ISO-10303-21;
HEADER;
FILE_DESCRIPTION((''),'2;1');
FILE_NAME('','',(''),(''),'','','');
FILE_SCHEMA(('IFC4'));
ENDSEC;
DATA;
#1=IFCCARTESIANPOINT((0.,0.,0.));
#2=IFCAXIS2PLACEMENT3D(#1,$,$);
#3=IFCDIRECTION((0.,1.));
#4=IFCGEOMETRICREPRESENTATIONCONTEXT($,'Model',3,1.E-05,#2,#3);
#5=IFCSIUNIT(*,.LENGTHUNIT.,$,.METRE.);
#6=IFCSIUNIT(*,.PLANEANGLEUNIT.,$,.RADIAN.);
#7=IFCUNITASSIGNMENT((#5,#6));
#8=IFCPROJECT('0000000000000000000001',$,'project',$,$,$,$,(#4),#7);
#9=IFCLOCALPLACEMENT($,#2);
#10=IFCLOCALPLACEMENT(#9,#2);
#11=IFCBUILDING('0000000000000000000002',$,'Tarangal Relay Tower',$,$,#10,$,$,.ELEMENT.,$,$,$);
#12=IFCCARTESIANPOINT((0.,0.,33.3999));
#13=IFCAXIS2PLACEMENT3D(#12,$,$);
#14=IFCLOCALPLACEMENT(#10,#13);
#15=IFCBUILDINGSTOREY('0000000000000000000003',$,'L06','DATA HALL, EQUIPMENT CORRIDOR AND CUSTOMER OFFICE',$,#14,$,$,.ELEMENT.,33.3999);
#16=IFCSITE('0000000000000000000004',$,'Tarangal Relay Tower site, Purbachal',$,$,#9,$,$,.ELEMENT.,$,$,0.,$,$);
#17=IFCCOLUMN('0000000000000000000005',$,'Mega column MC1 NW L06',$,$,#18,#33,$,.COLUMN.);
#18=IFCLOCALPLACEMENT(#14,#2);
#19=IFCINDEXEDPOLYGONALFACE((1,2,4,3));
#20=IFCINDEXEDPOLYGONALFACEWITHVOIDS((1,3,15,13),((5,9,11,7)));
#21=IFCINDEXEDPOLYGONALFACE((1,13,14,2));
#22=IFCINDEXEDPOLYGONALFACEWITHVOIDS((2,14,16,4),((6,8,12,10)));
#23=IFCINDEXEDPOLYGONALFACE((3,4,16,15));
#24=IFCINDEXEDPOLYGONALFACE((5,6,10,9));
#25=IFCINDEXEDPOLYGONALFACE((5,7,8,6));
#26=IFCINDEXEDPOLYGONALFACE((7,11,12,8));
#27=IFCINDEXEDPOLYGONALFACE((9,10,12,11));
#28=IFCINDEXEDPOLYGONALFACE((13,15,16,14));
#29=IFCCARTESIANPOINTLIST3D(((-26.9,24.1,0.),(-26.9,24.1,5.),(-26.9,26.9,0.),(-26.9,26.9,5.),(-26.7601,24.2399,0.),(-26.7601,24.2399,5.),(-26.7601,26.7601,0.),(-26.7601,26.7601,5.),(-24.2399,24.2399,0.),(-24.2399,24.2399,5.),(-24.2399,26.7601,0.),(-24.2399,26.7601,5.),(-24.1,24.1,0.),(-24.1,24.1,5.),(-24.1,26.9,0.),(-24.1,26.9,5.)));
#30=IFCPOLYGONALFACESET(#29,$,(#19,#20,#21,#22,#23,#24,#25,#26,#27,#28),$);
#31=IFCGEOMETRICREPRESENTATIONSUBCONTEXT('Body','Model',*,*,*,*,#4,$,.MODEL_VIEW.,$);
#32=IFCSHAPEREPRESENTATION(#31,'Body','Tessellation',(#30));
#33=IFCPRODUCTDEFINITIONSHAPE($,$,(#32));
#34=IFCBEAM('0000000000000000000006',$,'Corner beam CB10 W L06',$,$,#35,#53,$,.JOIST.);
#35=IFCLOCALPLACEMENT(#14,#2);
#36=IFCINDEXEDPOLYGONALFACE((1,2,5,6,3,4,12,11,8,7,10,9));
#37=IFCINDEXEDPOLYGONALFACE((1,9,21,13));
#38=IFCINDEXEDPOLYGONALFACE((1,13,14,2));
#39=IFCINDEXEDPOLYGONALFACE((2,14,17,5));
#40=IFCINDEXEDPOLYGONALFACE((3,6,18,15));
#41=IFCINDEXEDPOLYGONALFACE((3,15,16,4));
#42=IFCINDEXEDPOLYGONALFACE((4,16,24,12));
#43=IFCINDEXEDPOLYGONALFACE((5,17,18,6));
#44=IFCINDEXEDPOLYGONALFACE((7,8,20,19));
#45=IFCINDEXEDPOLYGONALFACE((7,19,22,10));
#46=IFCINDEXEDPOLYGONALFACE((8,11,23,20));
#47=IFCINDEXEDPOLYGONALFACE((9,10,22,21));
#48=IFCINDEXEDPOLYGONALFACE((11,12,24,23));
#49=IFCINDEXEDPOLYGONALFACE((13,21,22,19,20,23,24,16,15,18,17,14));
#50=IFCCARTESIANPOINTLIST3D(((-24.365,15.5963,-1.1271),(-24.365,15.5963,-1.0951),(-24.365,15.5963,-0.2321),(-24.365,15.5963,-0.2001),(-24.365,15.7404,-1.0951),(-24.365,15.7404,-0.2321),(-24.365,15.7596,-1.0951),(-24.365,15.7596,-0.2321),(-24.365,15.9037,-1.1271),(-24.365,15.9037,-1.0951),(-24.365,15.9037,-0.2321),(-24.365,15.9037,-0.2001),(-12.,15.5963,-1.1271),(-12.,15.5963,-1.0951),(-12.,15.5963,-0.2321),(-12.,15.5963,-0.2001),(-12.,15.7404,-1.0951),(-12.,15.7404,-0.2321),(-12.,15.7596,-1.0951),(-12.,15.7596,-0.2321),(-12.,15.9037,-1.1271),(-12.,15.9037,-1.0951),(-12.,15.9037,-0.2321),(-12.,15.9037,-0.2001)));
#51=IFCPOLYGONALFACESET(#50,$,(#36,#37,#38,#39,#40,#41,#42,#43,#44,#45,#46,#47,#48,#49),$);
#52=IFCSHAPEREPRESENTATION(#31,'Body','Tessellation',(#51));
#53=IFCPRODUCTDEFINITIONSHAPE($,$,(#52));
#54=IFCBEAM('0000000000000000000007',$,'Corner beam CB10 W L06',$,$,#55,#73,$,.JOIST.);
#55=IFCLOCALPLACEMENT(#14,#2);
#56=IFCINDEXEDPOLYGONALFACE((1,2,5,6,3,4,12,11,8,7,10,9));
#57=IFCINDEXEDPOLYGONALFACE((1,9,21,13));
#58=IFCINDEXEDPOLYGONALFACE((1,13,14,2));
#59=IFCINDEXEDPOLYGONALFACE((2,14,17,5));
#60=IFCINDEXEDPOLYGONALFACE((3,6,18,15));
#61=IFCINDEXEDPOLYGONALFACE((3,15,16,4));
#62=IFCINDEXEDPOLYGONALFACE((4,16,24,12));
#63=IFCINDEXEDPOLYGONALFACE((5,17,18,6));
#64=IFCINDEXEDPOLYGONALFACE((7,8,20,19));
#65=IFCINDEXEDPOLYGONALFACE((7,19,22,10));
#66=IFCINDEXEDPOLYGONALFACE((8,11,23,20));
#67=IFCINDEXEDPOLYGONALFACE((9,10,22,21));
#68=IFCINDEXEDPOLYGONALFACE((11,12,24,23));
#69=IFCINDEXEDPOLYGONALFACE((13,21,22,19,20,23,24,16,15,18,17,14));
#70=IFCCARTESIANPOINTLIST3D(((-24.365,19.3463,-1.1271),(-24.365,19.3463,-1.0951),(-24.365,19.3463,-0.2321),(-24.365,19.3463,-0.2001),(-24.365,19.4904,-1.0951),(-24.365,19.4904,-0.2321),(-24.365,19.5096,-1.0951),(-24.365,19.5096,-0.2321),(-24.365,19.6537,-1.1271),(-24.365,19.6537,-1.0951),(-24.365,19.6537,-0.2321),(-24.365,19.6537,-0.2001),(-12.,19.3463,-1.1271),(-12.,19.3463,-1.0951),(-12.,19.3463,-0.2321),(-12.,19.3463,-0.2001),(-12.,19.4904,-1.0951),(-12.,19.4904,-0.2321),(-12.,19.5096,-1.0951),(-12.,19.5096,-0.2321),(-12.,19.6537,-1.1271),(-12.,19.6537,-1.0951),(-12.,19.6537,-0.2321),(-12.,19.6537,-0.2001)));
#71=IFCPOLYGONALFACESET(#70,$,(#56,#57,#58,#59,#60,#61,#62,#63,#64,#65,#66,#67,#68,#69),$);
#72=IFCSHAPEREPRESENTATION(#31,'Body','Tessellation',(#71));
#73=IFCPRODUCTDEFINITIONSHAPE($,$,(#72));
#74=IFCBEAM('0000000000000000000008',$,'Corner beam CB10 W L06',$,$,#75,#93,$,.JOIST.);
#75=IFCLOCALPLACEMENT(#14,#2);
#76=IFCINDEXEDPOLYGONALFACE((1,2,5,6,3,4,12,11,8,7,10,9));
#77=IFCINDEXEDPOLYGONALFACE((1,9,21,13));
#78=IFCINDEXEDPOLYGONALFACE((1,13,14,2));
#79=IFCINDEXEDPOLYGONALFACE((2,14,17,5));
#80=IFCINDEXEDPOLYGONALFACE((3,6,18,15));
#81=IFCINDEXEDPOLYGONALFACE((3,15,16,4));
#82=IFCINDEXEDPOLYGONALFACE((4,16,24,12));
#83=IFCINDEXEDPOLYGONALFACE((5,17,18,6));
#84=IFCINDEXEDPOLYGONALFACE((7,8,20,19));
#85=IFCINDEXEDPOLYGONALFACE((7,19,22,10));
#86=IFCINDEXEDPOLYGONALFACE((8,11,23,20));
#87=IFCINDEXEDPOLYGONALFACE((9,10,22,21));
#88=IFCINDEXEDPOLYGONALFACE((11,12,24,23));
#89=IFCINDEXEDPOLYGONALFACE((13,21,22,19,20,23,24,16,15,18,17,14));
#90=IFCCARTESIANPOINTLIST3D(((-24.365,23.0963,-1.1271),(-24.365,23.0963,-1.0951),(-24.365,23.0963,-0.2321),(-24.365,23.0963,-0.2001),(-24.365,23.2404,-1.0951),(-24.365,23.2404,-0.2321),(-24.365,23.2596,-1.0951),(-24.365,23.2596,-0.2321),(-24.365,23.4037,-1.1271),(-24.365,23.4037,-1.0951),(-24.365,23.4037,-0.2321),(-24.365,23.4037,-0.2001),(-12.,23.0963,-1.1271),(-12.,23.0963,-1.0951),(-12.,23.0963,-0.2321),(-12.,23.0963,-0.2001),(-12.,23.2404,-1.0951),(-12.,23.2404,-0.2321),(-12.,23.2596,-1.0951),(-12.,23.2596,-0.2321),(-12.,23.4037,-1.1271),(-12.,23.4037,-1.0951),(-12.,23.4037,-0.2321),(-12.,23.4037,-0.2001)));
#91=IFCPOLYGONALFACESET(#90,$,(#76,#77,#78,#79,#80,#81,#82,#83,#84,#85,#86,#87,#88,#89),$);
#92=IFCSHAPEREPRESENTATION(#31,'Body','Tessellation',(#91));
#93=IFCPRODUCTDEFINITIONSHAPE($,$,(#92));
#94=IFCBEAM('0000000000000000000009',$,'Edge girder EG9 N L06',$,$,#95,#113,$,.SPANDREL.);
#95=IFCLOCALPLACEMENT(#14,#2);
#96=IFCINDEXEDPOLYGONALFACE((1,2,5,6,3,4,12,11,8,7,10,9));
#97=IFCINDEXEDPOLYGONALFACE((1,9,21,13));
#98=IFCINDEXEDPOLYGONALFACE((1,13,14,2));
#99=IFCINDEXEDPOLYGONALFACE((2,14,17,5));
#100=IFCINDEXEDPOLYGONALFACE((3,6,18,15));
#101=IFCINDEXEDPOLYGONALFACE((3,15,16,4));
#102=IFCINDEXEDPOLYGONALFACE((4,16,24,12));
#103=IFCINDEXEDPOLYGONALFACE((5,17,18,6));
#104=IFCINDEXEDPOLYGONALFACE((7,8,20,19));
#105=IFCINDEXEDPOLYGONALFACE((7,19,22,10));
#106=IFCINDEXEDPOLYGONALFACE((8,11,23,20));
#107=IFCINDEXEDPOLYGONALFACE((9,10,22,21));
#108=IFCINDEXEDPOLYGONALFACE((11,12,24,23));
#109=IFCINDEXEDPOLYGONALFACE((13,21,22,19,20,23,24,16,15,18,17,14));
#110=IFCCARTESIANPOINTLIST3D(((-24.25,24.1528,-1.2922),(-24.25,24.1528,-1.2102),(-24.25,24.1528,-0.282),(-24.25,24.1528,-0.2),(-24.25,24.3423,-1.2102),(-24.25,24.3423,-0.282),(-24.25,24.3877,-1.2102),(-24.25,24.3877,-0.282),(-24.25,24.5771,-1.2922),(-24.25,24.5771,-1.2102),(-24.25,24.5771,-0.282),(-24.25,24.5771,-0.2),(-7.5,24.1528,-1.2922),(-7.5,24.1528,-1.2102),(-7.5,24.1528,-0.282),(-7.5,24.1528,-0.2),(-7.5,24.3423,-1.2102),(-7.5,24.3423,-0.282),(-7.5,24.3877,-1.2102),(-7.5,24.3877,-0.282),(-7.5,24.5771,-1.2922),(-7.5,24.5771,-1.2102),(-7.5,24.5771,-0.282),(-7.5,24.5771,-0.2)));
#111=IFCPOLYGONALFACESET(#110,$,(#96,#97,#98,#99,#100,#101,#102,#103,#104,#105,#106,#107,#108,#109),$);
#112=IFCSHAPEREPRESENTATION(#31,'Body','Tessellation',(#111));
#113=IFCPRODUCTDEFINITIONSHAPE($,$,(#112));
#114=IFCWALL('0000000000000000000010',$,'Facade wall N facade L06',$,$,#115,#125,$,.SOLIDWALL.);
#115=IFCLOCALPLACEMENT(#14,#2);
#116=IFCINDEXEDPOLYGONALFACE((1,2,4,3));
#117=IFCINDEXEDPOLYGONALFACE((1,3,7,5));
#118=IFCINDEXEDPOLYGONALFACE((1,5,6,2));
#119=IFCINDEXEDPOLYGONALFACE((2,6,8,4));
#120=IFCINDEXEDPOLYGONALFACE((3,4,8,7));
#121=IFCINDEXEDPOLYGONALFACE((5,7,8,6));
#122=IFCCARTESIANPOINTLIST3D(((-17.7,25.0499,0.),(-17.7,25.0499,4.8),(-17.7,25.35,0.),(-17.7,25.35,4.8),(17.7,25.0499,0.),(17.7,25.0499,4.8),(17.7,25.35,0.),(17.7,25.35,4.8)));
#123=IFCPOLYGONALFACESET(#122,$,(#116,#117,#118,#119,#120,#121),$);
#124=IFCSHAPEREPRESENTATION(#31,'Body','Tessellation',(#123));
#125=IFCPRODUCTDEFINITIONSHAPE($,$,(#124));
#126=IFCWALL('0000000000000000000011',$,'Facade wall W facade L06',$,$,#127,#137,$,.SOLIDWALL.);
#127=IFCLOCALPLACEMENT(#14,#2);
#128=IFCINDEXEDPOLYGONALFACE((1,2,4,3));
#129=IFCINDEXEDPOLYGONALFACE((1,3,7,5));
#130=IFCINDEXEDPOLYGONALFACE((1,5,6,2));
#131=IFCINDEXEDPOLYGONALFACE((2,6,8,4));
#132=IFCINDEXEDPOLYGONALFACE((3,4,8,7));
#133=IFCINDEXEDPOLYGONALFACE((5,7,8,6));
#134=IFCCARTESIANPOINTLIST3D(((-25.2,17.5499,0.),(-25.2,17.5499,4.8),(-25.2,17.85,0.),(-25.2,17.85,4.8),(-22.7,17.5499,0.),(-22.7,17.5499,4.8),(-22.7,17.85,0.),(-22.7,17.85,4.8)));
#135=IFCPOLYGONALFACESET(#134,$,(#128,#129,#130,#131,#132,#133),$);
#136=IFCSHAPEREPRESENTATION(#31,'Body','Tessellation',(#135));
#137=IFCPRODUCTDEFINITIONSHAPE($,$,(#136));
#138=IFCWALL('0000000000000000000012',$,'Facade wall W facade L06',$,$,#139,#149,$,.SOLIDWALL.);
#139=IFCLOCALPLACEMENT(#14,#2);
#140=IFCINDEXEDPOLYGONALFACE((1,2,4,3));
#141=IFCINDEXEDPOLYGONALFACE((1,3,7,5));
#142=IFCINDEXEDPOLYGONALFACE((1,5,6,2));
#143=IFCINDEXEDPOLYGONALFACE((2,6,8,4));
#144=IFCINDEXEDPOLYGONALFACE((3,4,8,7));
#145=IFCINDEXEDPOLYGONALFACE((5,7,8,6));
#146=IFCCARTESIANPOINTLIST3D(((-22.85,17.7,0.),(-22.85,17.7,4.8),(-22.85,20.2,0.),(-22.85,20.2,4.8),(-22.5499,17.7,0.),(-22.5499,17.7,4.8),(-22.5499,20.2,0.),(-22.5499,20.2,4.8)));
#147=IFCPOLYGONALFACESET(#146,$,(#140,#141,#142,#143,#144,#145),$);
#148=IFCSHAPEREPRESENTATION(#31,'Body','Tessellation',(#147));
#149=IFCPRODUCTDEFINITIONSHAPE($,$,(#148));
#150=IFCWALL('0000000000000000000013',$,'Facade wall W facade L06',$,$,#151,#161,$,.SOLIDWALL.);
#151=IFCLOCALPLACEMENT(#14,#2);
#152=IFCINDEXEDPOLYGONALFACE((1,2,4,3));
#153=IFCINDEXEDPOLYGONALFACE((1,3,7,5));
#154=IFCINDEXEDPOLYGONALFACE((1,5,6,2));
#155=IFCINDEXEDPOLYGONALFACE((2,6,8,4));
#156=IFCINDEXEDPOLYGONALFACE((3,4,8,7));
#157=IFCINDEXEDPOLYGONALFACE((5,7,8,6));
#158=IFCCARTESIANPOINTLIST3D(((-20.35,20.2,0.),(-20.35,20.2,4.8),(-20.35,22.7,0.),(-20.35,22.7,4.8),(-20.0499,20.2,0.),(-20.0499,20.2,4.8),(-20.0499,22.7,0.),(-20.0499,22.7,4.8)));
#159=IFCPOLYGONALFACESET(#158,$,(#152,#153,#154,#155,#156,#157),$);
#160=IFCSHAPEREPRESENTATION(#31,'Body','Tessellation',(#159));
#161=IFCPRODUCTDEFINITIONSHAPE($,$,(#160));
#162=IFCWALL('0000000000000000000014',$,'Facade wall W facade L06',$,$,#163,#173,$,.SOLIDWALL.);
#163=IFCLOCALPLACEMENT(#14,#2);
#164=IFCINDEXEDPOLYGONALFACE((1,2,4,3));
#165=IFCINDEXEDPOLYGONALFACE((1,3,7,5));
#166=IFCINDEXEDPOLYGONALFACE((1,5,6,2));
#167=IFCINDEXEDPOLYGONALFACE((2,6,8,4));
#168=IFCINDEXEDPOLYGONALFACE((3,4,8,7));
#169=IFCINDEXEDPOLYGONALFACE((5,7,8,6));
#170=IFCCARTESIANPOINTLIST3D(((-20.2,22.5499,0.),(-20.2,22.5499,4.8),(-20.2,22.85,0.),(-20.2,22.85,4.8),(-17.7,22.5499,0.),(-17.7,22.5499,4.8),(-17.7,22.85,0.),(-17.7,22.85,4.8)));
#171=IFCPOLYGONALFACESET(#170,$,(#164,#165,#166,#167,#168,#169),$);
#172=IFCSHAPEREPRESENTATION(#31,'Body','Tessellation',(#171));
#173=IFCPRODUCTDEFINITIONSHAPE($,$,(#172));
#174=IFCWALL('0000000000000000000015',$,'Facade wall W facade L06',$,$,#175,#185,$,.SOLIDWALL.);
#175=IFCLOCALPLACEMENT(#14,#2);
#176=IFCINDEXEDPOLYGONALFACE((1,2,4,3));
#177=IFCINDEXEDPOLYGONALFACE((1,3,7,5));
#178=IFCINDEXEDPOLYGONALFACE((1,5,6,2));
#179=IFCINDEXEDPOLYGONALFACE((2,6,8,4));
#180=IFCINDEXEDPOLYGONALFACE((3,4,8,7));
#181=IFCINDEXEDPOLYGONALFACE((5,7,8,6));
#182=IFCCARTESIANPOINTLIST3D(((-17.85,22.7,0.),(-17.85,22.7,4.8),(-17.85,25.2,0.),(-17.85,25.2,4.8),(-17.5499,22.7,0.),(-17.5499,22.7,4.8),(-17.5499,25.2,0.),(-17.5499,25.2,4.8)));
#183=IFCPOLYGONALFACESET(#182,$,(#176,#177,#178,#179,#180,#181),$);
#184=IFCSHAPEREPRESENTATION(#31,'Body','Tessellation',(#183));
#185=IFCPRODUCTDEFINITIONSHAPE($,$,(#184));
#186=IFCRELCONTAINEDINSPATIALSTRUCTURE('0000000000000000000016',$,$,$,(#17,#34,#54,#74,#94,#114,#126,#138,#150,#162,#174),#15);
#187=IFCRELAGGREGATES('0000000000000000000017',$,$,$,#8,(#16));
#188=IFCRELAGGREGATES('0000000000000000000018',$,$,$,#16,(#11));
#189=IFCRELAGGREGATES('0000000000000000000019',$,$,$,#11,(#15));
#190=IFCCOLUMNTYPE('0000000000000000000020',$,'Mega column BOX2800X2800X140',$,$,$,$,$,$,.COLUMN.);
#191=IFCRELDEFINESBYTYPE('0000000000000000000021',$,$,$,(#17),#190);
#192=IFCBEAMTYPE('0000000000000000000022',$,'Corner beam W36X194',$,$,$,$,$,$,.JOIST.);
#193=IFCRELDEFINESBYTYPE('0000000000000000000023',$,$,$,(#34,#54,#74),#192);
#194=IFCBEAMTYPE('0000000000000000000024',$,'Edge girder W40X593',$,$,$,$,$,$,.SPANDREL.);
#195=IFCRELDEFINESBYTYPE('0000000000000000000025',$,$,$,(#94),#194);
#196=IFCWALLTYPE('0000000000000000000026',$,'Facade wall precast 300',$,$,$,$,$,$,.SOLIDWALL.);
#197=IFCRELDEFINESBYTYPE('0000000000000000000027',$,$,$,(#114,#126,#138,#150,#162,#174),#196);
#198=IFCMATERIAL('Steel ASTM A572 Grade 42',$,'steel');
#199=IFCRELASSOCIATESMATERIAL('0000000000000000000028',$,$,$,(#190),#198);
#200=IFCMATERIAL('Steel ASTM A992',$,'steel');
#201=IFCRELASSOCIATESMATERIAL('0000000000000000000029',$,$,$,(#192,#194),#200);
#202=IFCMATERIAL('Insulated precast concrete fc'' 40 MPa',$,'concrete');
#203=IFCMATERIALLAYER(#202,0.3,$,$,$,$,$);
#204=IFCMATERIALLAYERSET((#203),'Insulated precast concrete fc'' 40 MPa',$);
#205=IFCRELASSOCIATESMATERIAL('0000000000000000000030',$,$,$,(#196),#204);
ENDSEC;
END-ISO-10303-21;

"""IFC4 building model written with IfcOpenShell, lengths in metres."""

from ifc_helpers import new_model, si_unit, direction, frame, frame_2d, origin, origin_2d, place, context, subcontext, project, spatial, rectangle, hollow_rectangle, i_section, extrude, material, layer, layer_set, material_profile, profile_set, type_object, element, save


model = new_model("IFC4")

# Units and contexts
model_context = context("Model", 3, precision=1e-05, world=origin(), true_north=direction((0.0, 1.0)))
body_context = subcontext(model_context, "Body", "Model", "MODEL_VIEW")
ifc_project = project(units=[si_unit("LENGTHUNIT", "METRE"), si_unit("PLANEANGLEUNIT", "RADIAN")], contexts=[model_context])

# Site, building, storey
site_placement = place(None, origin())
site = spatial("IfcSite", under=ifc_project, at=site_placement, Name="Tarangal Relay Tower site, Purbachal", CompositionType="ELEMENT", RefElevation=0.0)
building_placement = place(site_placement, origin())
building = spatial("IfcBuilding", under=site, at=building_placement, Name="Tarangal Relay Tower", CompositionType="ELEMENT")
storey_placement = place(building_placement, frame((0.0, 0.0, 33.3999)))
storey = spatial("IfcBuildingStorey", under=building, at=storey_placement, Name="L06", Description="DATA HALL, EQUIPMENT CORRIDOR AND CUSTOMER OFFICE", CompositionType="ELEMENT", Elevation=33.3999)

# Column
ifc_material_1 = material(Name="Steel ASTM A572 Grade 42", Category="steel")
ifc_material_profile_1 = material_profile(ifc_material_1, hollow_rectangle(XDim=2.8, YDim=2.8, WallThickness=0.1399, at=origin_2d()), Name="BOX2800X2800X140")
ifc_profile_set_1 = profile_set([ifc_material_profile_1], Name="Steel ASTM A572 Grade 42")
column_type = type_object("IfcColumnType", Name="Mega column BOX2800X2800X140", PredefinedType="COLUMN", material=ifc_profile_set_1)
column_placement = place(storey_placement, frame((-25.5, 25.5, 0.0), z_axis=(0.0, 0.0, 1.0), x_axis=(1.0, 0.0, 0.0)))
element("IfcColumn", 1, at=column_placement, inside=storey, type_object=column_type, Name="Mega column MC1 NW L06", PredefinedType="COLUMN", context=body_context, shape_type="SweptSolid", body=[
    extrude(hollow_rectangle(XDim=2.8, YDim=2.8, WallThickness=0.1399, at=origin_2d()), origin(), (0.0, 0.0, 1.0), 5.0),
])

# Beams
ifc_material_2 = material(Name="Steel ASTM A992", Category="steel")
ifc_material_profile_2 = material_profile(ifc_material_2, i_section(OverallWidth=0.3074, OverallDepth=0.927, WebThickness=0.0193, FlangeThickness=0.032, at=origin_2d()), Name="W36X194")
ifc_profile_set_2 = profile_set([ifc_material_profile_2], Name="Steel ASTM A992")
beam_type_1 = type_object("IfcBeamType", Name="Corner beam W36X194", PredefinedType="JOIST", material=ifc_profile_set_2)
for number, where, z_axis, x_axis, name in (
    (2, (-12.0, 15.75, -0.6636), (-1.0, 0.0, 0.0), (0.0, -1.0, 0.0), "Corner beam CB10 W L06"),
    (3, (-12.0, 19.5, -0.6636), (-1.0, 0.0, 0.0), (0.0, -1.0, 0.0), "Corner beam CB10 W L06"),
    (4, (-12.0, 23.25, -0.6636), (-1.0, 0.0, 0.0), (0.0, -1.0, 0.0), "Corner beam CB10 W L06"),
):
    element("IfcBeam", number, at=place(storey_placement, frame(where, z_axis=z_axis, x_axis=x_axis)), inside=storey, type_object=beam_type_1, Name=name, PredefinedType="JOIST", context=body_context, shape_type="SweptSolid", body=[
        extrude(i_section(OverallWidth=0.3074, OverallDepth=0.927, WebThickness=0.0193, FlangeThickness=0.032, at=origin_2d()), origin(), (0.0, 0.0, 1.0), 12.365),
    ])
ifc_material_profile_3 = material_profile(ifc_material_2, i_section(OverallWidth=0.4243, OverallDepth=1.0923, WebThickness=0.0454, FlangeThickness=0.082, at=origin_2d()), Name="W40X593")
ifc_profile_set_3 = profile_set([ifc_material_profile_3], Name="Steel ASTM A992")
beam_type_2 = type_object("IfcBeamType", Name="Edge girder W40X593", PredefinedType="SPANDREL", material=ifc_profile_set_3)
beam_placement = place(storey_placement, frame((-24.25, 24.365, -0.7461), z_axis=(1.0, 0.0, 0.0), x_axis=(0.0, 1.0, 0.0)))
element("IfcBeam", 5, at=beam_placement, inside=storey, type_object=beam_type_2, Name="Edge girder EG9 N L06", PredefinedType="SPANDREL", context=body_context, shape_type="SweptSolid", body=[
    extrude(i_section(OverallWidth=0.4243, OverallDepth=1.0923, WebThickness=0.0454, FlangeThickness=0.082, at=origin_2d()), origin(), (0.0, 0.0, 1.0), 16.75),
])

# Walls
ifc_material_3 = material(Name="Insulated precast concrete fc' 40 MPa", Category="concrete")
ifc_layer_1 = layer(ifc_material_3, 0.3)
ifc_layer_set_1 = layer_set([ifc_layer_1], Name="Insulated precast concrete fc' 40 MPa")
wall_type_1 = type_object("IfcWallType", Name="Facade wall precast 300", PredefinedType="SOLIDWALL", material=ifc_layer_set_1)
wall_1_placement = place(storey_placement, frame((-17.7, 25.2, 0.0), z_axis=(0.0, 0.0, 1.0), x_axis=(1.0, 0.0, 0.0)))
element("IfcWall", 6, at=wall_1_placement, inside=storey, type_object=wall_type_1, Name="Facade wall N facade L06", PredefinedType="SOLIDWALL", context=body_context, shape_type="SweptSolid", body=[
    extrude(rectangle(XDim=35.3999, YDim=0.3, at=frame_2d((17.7, 0.0))), origin(), (0.0, 0.0, 1.0), 4.8),
])
for number, where, z_axis, x_axis, name in (
    (7, (-25.2, 17.7, 0.0), (0.0, 0.0, 1.0), (1.0, 0.0, 0.0), "Facade wall W facade L06"),
    (8, (-22.7, 17.7, 0.0), (0.0, 0.0, 1.0), (0.0, 1.0, 0.0), "Facade wall W facade L06"),
):
    element("IfcWall", number, at=place(storey_placement, frame(where, z_axis=z_axis, x_axis=x_axis)), inside=storey, type_object=wall_type_1, Name=name, PredefinedType="SOLIDWALL", context=body_context, shape_type="SweptSolid", body=[
        extrude(rectangle(XDim=2.5, YDim=0.3, at=frame_2d((1.25, 0.0))), origin(), (0.0, 0.0, 1.0), 4.8),
    ])

# Walls
for number, where, z_axis, x_axis, name in (
    (9, (-20.2, 20.2, 0.0), (0.0, 0.0, 1.0), (0.0, 1.0, 0.0), "Facade wall W facade L06"),
    (10, (-20.2, 22.7, 0.0), (0.0, 0.0, 1.0), (1.0, 0.0, 0.0), "Facade wall W facade L06"),
    (11, (-17.7, 22.7, 0.0), (0.0, 0.0, 1.0), (0.0, 1.0, 0.0), "Facade wall W facade L06"),
):
    element("IfcWall", number, at=place(storey_placement, frame(where, z_axis=z_axis, x_axis=x_axis)), inside=storey, type_object=wall_type_1, Name=name, PredefinedType="SOLIDWALL", context=body_context, shape_type="SweptSolid", body=[
        extrude(rectangle(XDim=2.5, YDim=0.3, at=frame_2d((1.25, 0.0))), origin(), (0.0, 0.0, 1.0), 4.8),
    ])

save(model, "model.ifc")
